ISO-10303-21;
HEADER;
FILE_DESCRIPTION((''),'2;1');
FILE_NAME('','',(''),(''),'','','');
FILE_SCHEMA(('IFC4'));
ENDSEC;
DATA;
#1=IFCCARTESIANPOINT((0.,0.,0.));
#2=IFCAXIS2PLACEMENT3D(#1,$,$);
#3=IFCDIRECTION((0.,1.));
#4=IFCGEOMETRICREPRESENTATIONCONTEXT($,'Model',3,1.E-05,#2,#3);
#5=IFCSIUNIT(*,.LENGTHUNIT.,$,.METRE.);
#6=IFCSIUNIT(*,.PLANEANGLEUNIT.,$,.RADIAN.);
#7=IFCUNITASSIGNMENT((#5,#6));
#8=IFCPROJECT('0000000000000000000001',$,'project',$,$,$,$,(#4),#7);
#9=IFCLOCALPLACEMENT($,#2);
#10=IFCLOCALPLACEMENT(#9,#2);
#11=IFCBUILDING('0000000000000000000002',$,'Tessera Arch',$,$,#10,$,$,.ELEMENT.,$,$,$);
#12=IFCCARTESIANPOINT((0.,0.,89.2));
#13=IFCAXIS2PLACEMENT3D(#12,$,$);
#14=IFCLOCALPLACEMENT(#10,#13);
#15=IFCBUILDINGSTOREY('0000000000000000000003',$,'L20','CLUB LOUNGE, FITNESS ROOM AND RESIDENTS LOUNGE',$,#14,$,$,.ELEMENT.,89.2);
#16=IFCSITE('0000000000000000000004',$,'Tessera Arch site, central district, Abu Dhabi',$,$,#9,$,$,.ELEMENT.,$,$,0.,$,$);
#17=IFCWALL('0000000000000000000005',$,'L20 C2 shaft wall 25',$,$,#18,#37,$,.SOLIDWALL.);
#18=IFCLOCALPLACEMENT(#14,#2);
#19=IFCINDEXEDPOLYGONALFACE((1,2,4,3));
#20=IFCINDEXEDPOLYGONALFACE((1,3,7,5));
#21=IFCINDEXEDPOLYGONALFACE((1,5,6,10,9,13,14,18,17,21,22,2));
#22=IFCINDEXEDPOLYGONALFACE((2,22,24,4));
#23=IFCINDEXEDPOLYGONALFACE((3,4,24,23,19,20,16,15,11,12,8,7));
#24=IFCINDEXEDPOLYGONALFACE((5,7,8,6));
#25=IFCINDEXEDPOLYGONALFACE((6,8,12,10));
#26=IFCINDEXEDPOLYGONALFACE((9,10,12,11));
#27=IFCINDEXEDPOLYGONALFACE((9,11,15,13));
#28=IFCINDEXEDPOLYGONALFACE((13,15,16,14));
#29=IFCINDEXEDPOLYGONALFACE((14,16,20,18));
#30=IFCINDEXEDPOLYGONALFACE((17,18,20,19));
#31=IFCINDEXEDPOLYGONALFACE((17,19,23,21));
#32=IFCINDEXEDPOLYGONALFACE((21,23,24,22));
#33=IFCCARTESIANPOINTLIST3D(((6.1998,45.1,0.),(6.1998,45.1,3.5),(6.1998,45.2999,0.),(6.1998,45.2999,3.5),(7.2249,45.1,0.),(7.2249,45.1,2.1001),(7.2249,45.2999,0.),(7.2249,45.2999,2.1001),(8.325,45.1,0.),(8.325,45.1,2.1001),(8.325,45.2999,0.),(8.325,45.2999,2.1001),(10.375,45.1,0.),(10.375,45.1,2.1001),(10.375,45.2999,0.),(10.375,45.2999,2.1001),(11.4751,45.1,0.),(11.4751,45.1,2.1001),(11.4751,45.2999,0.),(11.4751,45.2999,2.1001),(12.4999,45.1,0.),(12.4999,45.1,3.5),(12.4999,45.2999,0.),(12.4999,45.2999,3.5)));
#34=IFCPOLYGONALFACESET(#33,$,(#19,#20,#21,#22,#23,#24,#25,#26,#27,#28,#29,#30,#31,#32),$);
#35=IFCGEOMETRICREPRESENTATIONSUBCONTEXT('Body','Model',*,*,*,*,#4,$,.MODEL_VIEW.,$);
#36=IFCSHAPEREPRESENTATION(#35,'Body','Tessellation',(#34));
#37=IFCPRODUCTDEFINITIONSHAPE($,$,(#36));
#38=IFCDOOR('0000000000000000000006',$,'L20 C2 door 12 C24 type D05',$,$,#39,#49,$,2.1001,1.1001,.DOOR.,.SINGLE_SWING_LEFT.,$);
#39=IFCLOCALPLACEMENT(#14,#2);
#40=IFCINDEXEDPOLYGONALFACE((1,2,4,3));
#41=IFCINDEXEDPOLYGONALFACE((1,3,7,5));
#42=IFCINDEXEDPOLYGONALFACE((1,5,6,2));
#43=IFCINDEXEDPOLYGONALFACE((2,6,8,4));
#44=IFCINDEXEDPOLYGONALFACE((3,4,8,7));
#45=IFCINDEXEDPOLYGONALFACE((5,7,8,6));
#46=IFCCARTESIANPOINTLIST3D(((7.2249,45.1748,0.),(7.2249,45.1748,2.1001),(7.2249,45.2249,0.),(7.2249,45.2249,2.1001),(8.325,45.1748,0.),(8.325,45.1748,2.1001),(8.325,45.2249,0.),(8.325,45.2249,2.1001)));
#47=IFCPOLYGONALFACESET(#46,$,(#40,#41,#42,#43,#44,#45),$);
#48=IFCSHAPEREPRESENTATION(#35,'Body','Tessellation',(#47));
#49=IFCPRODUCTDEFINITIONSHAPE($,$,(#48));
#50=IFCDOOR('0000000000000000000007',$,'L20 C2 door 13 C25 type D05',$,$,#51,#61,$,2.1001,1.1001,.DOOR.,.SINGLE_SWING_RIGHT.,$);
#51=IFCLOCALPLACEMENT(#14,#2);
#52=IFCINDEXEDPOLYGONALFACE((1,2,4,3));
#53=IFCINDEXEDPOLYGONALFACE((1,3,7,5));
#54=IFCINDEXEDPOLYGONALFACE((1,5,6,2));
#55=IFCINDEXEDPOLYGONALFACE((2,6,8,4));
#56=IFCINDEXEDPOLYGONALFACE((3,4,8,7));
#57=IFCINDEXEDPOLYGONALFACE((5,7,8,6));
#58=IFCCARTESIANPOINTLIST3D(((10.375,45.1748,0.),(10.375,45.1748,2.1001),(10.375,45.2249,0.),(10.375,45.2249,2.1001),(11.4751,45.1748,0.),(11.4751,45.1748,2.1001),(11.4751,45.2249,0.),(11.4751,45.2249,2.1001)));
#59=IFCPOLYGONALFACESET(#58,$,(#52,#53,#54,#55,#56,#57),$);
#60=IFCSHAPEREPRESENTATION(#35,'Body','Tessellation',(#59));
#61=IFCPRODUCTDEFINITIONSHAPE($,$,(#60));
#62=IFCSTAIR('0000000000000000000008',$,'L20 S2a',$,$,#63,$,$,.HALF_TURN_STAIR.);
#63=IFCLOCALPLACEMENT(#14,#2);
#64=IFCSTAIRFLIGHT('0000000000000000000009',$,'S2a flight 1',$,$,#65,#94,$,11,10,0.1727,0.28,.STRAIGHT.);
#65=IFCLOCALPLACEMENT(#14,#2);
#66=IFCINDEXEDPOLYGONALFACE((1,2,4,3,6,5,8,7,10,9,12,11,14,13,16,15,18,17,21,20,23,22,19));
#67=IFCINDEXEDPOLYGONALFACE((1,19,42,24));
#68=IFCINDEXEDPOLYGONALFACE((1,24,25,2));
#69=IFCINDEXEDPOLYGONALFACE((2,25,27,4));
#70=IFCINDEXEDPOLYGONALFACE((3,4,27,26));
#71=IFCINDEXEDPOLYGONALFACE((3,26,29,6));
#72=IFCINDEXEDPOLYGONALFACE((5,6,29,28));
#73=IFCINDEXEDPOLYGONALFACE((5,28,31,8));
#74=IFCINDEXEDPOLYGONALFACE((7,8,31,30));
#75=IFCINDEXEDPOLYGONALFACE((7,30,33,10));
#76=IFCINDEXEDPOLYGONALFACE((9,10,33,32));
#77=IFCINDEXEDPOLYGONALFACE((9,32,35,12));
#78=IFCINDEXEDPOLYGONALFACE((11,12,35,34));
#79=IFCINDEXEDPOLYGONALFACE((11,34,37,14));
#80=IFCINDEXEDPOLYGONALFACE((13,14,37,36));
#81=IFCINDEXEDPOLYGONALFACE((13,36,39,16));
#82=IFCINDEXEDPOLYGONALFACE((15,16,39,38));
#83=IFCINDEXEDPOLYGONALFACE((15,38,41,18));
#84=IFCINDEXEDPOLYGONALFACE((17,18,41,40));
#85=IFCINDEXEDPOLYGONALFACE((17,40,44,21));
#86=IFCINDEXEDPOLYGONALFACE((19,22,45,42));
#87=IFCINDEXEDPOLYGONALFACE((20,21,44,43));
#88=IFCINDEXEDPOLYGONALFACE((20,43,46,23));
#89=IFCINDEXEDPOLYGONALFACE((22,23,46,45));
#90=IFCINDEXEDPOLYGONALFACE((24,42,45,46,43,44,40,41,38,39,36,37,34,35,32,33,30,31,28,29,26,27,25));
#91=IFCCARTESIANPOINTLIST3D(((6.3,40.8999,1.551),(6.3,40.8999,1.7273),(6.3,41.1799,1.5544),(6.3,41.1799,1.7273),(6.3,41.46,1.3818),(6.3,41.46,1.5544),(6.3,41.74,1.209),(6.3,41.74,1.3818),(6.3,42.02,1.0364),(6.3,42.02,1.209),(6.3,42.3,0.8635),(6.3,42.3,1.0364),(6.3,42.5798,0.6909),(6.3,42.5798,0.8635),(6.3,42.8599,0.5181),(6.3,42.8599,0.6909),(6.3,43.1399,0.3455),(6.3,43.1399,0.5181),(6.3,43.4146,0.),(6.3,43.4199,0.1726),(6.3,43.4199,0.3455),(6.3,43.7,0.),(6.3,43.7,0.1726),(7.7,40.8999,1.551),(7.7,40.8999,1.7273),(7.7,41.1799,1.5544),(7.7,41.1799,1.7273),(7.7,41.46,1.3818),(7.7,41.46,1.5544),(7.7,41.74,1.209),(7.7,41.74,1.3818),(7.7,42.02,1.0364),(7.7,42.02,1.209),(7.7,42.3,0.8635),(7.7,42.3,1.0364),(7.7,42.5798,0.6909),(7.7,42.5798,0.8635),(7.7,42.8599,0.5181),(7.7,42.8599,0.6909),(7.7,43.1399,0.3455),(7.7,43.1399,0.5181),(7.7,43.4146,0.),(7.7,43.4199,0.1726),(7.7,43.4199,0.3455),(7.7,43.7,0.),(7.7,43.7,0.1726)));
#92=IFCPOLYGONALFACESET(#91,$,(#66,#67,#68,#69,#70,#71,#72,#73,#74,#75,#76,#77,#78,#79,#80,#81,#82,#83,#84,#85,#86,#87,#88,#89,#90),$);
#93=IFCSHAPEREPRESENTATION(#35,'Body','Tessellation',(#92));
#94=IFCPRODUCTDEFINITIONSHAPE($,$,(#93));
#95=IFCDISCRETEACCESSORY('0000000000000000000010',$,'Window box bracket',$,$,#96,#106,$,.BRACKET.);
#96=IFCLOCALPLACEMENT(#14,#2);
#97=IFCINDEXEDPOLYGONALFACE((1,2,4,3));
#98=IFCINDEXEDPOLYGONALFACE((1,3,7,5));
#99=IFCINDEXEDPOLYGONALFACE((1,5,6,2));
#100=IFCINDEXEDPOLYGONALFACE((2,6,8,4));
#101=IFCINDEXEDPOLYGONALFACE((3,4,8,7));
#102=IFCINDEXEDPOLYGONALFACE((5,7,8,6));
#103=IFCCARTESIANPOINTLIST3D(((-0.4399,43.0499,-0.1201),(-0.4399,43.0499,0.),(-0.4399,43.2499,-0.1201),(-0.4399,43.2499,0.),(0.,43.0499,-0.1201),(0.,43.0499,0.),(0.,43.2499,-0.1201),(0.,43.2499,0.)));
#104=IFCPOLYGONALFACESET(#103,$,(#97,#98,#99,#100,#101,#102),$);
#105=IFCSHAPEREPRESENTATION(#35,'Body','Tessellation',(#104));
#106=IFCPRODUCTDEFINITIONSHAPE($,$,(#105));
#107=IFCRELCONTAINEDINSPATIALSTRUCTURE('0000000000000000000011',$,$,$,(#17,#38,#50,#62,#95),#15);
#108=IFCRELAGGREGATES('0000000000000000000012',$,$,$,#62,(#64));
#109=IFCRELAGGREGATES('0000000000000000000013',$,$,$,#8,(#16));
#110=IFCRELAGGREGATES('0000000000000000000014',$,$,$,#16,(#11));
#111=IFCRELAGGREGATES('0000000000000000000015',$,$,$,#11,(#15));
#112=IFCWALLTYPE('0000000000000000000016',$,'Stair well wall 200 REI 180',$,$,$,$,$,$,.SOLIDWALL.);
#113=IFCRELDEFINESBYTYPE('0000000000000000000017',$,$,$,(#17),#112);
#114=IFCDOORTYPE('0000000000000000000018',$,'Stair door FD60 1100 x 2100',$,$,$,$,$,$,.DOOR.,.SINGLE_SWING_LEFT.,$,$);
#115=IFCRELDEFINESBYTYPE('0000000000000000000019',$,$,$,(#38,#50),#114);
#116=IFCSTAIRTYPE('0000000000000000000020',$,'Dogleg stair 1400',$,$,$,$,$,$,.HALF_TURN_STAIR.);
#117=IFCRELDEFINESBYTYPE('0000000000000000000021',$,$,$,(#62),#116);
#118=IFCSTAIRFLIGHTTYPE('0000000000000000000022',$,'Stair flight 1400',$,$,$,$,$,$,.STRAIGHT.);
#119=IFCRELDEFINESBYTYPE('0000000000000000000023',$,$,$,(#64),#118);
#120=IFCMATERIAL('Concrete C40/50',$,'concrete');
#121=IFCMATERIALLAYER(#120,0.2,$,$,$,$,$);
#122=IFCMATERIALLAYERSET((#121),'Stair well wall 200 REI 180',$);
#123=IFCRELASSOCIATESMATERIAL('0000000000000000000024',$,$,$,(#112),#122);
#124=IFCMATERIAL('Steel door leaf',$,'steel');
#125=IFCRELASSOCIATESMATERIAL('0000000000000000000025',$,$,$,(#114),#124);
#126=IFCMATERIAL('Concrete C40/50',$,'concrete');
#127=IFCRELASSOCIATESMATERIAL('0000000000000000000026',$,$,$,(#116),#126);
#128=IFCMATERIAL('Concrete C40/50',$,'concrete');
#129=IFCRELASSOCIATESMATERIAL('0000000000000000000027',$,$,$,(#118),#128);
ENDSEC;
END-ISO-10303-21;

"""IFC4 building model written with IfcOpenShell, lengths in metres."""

from ifc_helpers import new_model, si_unit, direction, frame, frame_2d, origin, origin_2d, place, context, subcontext, project, spatial, polyline, rectangle, outline, extrude, material, layer, layer_set, type_object, element, fill, aggregate, save


model = new_model("IFC4")

# Units and contexts
model_context = context("Model", 3, precision=1e-05, world=origin(), true_north=direction((0.0, 1.0)))
body_context = subcontext(model_context, "Body", "Model", "MODEL_VIEW")
ifc_project = project(units=[si_unit("LENGTHUNIT", "METRE"), si_unit("PLANEANGLEUNIT", "RADIAN")], contexts=[model_context])

# Site, building, storey
site_placement = place(None, origin())
site = spatial("IfcSite", under=ifc_project, at=site_placement, Name="Tessera Arch site, central district, Abu Dhabi", CompositionType="ELEMENT", RefElevation=0.0)
building_placement = place(site_placement, origin())
building = spatial("IfcBuilding", under=site, at=building_placement, Name="Tessera Arch", CompositionType="ELEMENT")
storey_placement = place(building_placement, frame((0.0, 0.0, 89.2)))
storey = spatial("IfcBuildingStorey", under=building, at=storey_placement, Name="L20", Description="CLUB LOUNGE, FITNESS ROOM AND RESIDENTS LOUNGE", CompositionType="ELEMENT", Elevation=89.2)

# Wall, openings, doors
ifc_material_1 = material(Name="Concrete C40/50", Category="concrete")
ifc_layer_1 = layer(ifc_material_1, 0.2)
ifc_layer_set_1 = layer_set([ifc_layer_1], Name="Stair well wall 200 REI 180")
wall_type_1 = type_object("IfcWallType", Name="Stair well wall 200 REI 180", PredefinedType="SOLIDWALL", material=ifc_layer_set_1)
wall_1_placement = place(storey_placement, frame((6.2, 45.2, 0.0), z_axis=(0.0, 0.0, 1.0), x_axis=(1.0, 0.0, 0.0)))
wall_1 = element("IfcWall", 1, at=wall_1_placement, inside=storey, type_object=wall_type_1, Name="L20 C2 shaft wall 25", PredefinedType="SOLIDWALL", context=body_context, shape_type="SweptSolid", body=[
    extrude(rectangle(XDim=6.3, YDim=0.2, at=frame_2d((3.1499, 0.0))), origin(), (0.0, 0.0, 1.0), 3.5),
])
opening_1_placement = place(wall_1_placement, frame((1.0249, 0.0, 0.0)))
opening_1 = element("IfcOpeningElement", 2, at=opening_1_placement, cuts=wall_1, PredefinedType="OPENING", context=body_context, shape_type="SweptSolid", body=[
    extrude(rectangle(XDim=1.1001, YDim=2.1001, at=frame_2d((0.55, 1.05))), frame((0.0, 0.1099, 0.0), z_axis=(0.0, -1.0, 0.0), x_axis=(1.0, 0.0, 0.0)), (0.0, 0.0, 1.0), 0.22),
])
opening_2_placement = place(wall_1_placement, frame((4.175, 0.0, 0.0)))
opening_2 = element("IfcOpeningElement", 3, at=opening_2_placement, cuts=wall_1, PredefinedType="OPENING", context=body_context, shape_type="SweptSolid", body=[
    extrude(rectangle(XDim=1.1001, YDim=2.1001, at=frame_2d((0.55, 1.05))), frame((0.0, 0.1099, 0.0), z_axis=(0.0, -1.0, 0.0), x_axis=(1.0, 0.0, 0.0)), (0.0, 0.0, 1.0), 0.22),
])
ifc_material_2 = material(Name="Steel door leaf", Category="steel")
door_type_1 = type_object("IfcDoorType", Name="Stair door FD60 1100 x 2100", OperationType="SINGLE_SWING_LEFT", PredefinedType="DOOR", material=ifc_material_2)
door_1_placement = place(opening_1_placement, origin())
door_1 = element("IfcDoor", 4, at=door_1_placement, inside=storey, type_object=door_type_1, Name="L20 C2 door 12 C24 type D05", OperationType="SINGLE_SWING_LEFT", OverallHeight=2.1001, OverallWidth=1.1001, PredefinedType="DOOR", context=body_context, shape_type="SweptSolid", body=[
    extrude(rectangle(XDim=1.1001, YDim=2.1001, at=frame_2d((0.55, 1.05))), frame((0.0, 0.0249, 0.0), z_axis=(0.0, -1.0, 0.0), x_axis=(1.0, 0.0, 0.0)), (0.0, 0.0, 1.0), 0.05),
])
fill(opening_1, door_1)
door_2_placement = place(opening_2_placement, origin())
door_2 = element("IfcDoor", 5, at=door_2_placement, inside=storey, type_object=door_type_1, Name="L20 C2 door 13 C25 type D05", OperationType="SINGLE_SWING_RIGHT", OverallHeight=2.1001, OverallWidth=1.1001, PredefinedType="DOOR", context=body_context, shape_type="SweptSolid", body=[
    extrude(rectangle(XDim=1.1001, YDim=2.1001, at=frame_2d((0.55, 1.05))), frame((0.0, 0.0249, 0.0), z_axis=(0.0, -1.0, 0.0), x_axis=(1.0, 0.0, 0.0)), (0.0, 0.0, 1.0), 0.05),
])
fill(opening_2, door_2)

# Stair, stair flight
ifc_material_3 = material(Name="Concrete C40/50", Category="concrete")
stair_type = type_object("IfcStairType", Name="Dogleg stair 1400", PredefinedType="HALF_TURN_STAIR", material=ifc_material_3)
stair_placement = place(storey_placement, origin())
stair = element("IfcStair", 6, at=stair_placement, inside=storey, type_object=stair_type, Name="L20 S2a", PredefinedType="HALF_TURN_STAIR")
ifc_material_4 = material(Name="Concrete C40/50", Category="concrete")
stair_flight_type = type_object("IfcStairFlightType", Name="Stair flight 1400", PredefinedType="STRAIGHT", material=ifc_material_4)
stair_flight_placement = place(storey_placement, frame((7.0, 43.7, 0.0), z_axis=(0.0, 0.0, 1.0), x_axis=(0.0, -1.0, 0.0)))
stair_flight = element("IfcStairFlight", 7, at=stair_flight_placement, type_object=stair_flight_type, Name="S2a flight 1", NumberOfRisers=11, NumberOfTreads=10, PredefinedType="STRAIGHT", RiserHeight=0.1727, TreadLength=0.28, context=body_context, shape_type="SweptSolid", body=[
    extrude(outline(polyline([(0.0, 0.0), (0.0, 0.1726), (0.28, 0.1726), (0.28, 0.3455), (0.5601, 0.3455), (0.5601, 0.5181), (0.8401, 0.5181), (0.8401, 0.6909), (1.1201, 0.6909), (1.1201, 0.8635), (1.3999, 0.8635), (1.3999, 1.0364), (1.6799, 1.0364), (1.6799, 1.209), (1.96, 1.209), (1.96, 1.3818), (2.24, 1.3818), (2.24, 1.5544), (2.52, 1.5544), (2.52, 1.7273), (2.8, 1.7273), (2.8, 1.8999), (2.8, 1.551), (0.2854, 0.0), (0.0, 0.0)])), frame((0.0, 0.7, 0.0), z_axis=(0.0, -1.0, 0.0), x_axis=(1.0, 0.0, 0.0)), (0.0, 0.0, 1.0), 1.3999),
])
aggregate(stair, [stair_flight])

# Discrete accessory
discrete_accessory_placement = place(storey_placement, frame((-0.22, 43.1499, -0.1201), z_axis=(0.0, 0.0, 1.0), x_axis=(-1.0, 0.0, 0.0)))
element("IfcDiscreteAccessory", 8, at=discrete_accessory_placement, inside=storey, Name="Window box bracket", PredefinedType="BRACKET", context=body_context, shape_type="SweptSolid", body=[
    extrude(rectangle(XDim=0.4399, YDim=0.2, at=origin_2d()), origin(), (0.0, 0.0, 1.0), 0.1201),
])

save(model, "model.ifc")
